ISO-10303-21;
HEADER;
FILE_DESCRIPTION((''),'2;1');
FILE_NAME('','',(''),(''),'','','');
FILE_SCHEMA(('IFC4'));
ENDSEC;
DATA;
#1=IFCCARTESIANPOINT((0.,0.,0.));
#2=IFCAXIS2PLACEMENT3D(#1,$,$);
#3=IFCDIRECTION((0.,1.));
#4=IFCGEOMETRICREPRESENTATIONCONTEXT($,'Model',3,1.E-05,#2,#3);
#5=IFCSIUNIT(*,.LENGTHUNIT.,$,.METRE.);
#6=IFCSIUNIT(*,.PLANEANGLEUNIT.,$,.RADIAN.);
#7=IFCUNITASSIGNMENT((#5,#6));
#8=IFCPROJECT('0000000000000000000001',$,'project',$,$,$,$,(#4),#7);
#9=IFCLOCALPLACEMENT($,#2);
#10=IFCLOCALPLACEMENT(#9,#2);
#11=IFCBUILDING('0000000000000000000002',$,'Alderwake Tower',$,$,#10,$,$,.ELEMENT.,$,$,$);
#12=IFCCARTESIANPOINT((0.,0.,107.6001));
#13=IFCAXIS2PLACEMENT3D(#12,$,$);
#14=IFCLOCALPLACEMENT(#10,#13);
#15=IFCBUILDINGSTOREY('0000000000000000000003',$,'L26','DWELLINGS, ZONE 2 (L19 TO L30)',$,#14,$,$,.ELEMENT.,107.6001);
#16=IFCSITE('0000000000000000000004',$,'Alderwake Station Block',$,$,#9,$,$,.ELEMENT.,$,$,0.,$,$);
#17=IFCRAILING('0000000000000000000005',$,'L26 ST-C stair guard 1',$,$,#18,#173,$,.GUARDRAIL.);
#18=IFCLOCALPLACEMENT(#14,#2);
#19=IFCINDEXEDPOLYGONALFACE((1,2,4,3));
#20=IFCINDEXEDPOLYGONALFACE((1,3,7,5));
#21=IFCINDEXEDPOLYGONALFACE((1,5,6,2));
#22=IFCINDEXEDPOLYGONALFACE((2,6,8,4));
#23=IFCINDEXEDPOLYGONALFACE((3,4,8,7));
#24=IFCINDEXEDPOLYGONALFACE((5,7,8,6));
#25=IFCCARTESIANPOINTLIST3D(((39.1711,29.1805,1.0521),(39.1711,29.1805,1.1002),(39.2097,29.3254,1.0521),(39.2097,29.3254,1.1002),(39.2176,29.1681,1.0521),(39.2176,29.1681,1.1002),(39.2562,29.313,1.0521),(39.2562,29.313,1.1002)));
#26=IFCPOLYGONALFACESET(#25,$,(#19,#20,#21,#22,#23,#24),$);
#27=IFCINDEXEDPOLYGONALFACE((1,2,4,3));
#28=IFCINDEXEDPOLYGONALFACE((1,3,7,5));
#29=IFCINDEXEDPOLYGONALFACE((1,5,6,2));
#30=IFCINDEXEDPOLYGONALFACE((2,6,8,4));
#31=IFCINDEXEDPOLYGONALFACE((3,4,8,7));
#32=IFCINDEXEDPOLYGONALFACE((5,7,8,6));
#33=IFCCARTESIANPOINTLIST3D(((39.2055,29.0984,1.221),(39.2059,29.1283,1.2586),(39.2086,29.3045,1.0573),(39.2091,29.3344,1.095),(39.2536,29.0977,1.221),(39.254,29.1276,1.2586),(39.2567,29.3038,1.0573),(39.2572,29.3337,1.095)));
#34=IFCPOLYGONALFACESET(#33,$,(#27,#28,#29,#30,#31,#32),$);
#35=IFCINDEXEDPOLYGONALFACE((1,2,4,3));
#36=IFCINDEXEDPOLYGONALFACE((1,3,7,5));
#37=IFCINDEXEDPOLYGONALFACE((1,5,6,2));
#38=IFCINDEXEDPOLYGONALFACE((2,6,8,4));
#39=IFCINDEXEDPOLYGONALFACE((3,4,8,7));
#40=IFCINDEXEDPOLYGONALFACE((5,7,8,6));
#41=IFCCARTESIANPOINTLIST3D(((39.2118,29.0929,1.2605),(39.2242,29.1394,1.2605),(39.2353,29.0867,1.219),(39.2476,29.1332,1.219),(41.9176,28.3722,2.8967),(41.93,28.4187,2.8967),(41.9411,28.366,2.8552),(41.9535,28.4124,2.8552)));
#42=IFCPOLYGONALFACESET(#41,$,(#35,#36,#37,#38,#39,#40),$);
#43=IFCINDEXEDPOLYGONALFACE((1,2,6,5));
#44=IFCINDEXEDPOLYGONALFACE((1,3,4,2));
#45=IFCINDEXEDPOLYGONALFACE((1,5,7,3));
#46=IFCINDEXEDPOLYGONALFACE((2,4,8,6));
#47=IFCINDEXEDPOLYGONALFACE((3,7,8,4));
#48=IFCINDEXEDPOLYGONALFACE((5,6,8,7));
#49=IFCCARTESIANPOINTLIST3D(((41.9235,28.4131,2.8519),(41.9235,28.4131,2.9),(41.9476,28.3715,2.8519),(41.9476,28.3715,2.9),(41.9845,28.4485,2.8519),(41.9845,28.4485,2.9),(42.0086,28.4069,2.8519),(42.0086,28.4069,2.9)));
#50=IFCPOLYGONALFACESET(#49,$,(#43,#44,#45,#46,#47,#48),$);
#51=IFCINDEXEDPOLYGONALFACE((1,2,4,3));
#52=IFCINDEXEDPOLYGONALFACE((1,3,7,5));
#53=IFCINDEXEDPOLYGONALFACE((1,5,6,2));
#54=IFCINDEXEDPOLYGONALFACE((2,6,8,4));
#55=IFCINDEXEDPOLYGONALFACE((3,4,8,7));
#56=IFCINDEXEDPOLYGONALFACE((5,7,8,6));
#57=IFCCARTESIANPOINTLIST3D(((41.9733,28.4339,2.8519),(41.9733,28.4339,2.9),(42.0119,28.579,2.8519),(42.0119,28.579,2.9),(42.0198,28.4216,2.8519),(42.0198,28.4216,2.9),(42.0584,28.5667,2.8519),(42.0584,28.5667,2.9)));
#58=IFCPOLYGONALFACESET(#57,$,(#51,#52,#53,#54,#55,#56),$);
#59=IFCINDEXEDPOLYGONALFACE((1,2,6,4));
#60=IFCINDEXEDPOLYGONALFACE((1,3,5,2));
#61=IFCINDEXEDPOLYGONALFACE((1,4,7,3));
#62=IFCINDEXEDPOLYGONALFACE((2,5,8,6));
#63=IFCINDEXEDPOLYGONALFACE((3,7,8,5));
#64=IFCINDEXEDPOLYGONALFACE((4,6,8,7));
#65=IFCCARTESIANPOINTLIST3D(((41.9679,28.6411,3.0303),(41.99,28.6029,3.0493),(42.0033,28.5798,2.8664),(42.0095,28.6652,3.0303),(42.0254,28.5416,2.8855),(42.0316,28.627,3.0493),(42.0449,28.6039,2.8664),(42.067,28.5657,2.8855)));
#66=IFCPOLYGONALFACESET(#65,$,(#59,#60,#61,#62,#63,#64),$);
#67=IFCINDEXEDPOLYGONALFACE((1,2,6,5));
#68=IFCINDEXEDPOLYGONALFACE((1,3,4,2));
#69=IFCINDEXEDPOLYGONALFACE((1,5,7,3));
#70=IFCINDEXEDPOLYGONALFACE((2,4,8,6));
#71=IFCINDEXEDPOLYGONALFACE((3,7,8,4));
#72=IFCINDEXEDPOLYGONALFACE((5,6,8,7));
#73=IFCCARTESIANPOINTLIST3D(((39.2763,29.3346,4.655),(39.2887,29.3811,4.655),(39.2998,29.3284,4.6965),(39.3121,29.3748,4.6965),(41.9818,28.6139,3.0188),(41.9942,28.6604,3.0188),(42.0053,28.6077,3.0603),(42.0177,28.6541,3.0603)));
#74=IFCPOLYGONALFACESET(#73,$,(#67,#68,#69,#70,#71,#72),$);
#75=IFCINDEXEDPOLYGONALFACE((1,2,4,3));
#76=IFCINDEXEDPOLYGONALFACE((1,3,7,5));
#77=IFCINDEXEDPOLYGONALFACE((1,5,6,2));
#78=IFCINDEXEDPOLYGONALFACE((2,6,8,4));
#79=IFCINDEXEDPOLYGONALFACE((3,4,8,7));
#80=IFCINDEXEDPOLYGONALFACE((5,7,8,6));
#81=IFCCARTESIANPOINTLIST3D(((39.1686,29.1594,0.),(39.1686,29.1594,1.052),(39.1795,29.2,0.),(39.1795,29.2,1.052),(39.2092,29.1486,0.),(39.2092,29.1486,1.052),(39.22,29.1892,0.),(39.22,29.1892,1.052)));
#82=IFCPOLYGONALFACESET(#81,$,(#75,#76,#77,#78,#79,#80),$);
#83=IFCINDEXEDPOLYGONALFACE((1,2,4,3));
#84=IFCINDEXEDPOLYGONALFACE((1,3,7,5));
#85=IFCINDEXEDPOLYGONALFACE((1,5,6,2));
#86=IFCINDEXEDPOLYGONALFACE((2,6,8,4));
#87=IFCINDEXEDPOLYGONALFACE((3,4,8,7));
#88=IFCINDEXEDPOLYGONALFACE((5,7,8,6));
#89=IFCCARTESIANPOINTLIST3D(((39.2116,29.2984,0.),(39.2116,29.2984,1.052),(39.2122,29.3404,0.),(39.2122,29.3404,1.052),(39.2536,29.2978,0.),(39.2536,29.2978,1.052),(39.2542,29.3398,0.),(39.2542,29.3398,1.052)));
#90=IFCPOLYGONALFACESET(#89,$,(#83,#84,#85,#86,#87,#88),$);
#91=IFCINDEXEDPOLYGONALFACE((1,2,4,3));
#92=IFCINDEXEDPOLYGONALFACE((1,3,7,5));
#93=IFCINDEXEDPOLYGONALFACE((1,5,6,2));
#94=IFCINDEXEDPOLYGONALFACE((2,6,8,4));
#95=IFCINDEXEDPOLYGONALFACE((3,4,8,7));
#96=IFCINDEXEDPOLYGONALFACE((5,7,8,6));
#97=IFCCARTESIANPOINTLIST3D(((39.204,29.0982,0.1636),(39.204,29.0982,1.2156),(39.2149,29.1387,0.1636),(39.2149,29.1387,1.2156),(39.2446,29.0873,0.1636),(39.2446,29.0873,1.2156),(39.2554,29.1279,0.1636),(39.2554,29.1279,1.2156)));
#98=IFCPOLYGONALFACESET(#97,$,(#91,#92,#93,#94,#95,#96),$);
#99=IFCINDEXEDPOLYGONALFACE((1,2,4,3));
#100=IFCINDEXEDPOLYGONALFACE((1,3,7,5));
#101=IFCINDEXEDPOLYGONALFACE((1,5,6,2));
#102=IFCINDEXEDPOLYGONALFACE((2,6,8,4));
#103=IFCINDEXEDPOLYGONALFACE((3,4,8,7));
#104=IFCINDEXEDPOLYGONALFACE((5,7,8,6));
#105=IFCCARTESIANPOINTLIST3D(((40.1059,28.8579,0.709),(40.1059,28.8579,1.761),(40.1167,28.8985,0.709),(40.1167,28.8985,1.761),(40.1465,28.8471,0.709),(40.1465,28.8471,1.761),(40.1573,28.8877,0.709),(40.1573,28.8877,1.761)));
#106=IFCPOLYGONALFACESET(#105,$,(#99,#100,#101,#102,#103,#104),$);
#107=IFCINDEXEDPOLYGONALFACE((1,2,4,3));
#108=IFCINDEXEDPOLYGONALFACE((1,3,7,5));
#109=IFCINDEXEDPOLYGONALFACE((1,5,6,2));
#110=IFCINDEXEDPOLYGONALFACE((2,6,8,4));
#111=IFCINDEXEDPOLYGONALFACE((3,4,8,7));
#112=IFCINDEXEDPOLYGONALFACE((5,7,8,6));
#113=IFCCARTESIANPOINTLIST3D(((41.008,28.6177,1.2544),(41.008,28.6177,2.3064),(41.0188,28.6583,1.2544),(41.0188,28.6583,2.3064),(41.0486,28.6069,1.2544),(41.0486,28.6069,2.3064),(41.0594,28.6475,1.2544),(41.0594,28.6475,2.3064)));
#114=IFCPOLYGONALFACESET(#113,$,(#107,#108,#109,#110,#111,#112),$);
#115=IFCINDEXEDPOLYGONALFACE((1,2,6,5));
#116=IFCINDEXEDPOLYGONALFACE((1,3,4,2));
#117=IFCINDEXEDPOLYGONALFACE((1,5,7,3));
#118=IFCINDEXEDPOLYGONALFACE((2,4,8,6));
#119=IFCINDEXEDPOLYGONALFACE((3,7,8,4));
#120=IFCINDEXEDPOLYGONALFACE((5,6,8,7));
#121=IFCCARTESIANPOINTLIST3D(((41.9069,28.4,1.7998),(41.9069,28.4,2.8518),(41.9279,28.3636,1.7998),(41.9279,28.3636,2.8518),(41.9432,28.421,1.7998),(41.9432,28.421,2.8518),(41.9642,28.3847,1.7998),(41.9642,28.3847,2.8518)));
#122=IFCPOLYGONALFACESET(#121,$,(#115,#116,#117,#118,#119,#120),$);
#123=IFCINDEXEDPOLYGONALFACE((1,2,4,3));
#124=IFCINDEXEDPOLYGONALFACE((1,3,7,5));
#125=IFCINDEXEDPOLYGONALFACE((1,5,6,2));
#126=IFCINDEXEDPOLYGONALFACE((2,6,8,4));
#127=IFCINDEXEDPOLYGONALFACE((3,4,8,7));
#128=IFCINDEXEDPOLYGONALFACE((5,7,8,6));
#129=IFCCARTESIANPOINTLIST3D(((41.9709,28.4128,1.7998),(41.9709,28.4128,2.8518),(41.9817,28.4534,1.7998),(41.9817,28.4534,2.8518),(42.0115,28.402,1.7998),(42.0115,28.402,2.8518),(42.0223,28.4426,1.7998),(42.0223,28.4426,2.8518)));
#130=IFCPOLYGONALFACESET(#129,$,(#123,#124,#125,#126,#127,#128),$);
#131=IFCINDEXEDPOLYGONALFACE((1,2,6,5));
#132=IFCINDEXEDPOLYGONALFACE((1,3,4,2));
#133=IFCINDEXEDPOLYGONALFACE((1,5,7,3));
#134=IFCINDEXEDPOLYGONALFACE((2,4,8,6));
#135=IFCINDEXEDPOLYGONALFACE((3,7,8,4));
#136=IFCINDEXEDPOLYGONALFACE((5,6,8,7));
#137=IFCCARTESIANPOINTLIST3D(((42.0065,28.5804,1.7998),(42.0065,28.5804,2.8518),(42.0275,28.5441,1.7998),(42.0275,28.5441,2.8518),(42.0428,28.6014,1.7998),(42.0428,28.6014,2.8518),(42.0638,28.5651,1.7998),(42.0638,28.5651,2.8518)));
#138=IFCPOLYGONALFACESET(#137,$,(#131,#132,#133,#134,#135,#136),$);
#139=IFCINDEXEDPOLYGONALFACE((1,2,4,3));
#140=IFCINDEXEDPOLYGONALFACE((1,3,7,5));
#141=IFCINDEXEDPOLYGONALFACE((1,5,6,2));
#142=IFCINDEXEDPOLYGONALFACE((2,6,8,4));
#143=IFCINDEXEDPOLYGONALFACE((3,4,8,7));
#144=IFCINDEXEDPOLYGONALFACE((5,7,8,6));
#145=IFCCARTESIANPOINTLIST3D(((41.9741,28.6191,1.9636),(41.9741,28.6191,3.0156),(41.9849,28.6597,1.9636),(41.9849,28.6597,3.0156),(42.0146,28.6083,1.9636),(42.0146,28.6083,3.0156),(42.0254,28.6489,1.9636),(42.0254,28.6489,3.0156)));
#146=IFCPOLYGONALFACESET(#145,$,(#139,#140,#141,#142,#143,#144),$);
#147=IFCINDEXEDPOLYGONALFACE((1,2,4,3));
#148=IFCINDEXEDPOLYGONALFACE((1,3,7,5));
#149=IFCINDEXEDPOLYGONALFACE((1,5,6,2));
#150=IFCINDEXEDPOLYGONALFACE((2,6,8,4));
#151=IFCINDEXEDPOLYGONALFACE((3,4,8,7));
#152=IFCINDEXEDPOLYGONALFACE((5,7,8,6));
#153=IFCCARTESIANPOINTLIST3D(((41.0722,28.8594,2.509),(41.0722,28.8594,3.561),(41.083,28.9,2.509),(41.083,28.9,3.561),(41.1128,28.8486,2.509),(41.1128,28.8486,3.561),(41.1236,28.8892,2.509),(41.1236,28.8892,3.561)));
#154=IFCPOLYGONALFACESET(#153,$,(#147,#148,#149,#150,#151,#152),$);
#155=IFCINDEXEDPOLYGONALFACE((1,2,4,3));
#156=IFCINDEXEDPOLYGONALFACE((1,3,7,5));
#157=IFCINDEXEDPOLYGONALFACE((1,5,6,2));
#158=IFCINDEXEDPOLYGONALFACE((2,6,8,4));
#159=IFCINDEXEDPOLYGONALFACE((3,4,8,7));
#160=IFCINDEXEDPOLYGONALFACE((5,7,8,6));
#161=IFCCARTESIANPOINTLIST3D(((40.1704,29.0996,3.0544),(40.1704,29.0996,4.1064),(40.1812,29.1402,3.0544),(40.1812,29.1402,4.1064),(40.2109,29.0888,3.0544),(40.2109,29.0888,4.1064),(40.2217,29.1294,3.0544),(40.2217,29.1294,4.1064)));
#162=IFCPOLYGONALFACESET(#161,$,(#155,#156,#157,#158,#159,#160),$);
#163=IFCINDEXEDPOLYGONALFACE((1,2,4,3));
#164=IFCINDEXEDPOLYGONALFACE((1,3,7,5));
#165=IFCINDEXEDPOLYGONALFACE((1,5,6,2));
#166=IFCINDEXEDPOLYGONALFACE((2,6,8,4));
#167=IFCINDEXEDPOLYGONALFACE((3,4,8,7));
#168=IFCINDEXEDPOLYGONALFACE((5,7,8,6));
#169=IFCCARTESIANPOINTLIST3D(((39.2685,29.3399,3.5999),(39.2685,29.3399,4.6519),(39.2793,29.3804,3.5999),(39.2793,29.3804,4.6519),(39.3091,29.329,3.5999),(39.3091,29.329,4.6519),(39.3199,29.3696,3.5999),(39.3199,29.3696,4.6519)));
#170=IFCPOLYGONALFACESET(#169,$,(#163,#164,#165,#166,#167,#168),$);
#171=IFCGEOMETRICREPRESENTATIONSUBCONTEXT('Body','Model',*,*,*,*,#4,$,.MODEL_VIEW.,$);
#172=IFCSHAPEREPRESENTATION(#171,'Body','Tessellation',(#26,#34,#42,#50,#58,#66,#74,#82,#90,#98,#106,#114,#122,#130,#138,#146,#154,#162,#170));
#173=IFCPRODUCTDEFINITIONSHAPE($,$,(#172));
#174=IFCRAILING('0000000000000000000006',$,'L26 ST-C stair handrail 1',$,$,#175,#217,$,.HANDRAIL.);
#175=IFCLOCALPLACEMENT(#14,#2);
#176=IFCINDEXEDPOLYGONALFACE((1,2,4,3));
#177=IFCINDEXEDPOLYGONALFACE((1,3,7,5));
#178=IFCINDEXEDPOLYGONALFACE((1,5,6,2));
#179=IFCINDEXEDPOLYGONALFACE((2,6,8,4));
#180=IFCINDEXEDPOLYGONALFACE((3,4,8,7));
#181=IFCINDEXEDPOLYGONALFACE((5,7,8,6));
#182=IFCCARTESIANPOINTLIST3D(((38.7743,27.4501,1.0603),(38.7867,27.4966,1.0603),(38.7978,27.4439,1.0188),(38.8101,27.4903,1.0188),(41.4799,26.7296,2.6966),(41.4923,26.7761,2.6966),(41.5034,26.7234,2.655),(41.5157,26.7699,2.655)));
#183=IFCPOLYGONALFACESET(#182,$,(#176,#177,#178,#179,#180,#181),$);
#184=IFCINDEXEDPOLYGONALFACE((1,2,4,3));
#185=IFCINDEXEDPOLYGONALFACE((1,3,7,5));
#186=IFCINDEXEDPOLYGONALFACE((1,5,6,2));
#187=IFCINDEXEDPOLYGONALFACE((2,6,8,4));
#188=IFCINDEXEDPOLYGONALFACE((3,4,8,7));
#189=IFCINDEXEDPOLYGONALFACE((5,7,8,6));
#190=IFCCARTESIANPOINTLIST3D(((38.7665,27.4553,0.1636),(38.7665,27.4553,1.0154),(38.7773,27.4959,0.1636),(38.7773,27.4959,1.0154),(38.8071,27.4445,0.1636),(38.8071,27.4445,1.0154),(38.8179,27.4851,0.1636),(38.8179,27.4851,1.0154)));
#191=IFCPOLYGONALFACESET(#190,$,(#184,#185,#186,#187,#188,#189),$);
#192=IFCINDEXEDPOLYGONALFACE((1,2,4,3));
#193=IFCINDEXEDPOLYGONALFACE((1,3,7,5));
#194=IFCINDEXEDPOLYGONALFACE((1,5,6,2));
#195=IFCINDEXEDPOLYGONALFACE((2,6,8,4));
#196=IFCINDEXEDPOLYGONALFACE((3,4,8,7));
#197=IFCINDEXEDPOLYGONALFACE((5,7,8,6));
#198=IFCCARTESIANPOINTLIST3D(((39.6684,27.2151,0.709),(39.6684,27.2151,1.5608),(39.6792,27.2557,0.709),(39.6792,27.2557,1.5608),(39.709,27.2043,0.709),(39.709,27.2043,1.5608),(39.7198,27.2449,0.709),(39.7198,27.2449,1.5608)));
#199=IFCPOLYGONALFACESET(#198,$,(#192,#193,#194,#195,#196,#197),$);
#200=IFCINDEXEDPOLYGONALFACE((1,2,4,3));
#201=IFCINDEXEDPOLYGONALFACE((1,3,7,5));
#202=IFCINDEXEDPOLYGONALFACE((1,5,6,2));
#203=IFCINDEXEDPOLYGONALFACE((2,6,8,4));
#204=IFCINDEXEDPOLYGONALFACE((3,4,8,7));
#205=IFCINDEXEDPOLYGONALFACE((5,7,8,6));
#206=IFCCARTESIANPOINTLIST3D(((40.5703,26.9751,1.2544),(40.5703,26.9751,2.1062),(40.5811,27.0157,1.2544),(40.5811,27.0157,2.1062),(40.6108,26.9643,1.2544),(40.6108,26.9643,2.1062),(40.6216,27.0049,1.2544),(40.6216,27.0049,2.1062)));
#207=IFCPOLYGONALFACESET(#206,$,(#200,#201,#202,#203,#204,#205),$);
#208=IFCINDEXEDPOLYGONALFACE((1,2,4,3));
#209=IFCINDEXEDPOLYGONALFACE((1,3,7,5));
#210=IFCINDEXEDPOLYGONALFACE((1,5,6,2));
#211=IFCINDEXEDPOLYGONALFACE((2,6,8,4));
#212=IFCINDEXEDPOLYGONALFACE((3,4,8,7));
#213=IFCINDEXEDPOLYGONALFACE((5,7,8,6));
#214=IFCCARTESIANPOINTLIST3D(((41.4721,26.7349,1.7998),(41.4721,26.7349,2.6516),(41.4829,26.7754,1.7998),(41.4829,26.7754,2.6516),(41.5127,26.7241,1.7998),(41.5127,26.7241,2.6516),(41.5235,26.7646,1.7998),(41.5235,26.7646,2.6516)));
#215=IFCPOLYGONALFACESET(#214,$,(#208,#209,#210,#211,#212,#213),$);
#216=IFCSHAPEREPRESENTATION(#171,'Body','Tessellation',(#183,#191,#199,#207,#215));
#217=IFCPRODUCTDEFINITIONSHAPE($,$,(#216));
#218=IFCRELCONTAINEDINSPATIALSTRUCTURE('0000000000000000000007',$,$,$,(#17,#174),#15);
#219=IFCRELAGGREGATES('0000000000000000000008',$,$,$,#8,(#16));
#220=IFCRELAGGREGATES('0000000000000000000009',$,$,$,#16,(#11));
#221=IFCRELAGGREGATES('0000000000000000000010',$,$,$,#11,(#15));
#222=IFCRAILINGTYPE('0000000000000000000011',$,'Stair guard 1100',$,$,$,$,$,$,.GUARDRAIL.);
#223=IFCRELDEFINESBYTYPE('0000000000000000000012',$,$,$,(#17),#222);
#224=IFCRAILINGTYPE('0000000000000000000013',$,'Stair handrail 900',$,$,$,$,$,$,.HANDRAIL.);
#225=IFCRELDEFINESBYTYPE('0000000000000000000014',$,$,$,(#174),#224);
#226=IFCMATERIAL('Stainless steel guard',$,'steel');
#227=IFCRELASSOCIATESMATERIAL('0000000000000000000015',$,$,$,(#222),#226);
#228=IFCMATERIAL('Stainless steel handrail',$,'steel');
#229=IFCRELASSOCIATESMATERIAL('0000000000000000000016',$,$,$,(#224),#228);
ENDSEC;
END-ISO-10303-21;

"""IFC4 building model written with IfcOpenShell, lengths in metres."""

from ifc_helpers import new_model, si_unit, direction, frame, origin, origin_2d, place, context, subcontext, project, spatial, rectangle, extrude, material, type_object, element, save


model = new_model("IFC4")

# Units and contexts
model_context = context("Model", 3, precision=1e-05, world=origin(), true_north=direction((0.0, 1.0)))
body_context = subcontext(model_context, "Body", "Model", "MODEL_VIEW")
ifc_project = project(units=[si_unit("LENGTHUNIT", "METRE"), si_unit("PLANEANGLEUNIT", "RADIAN")], contexts=[model_context])

# Site, building, storey
site_placement = place(None, origin())
site = spatial("IfcSite", under=ifc_project, at=site_placement, Name="Alderwake Station Block", CompositionType="ELEMENT", RefElevation=0.0)
building_placement = place(site_placement, origin())
building = spatial("IfcBuilding", under=site, at=building_placement, Name="Alderwake Tower", CompositionType="ELEMENT")
storey_placement = place(building_placement, frame((0.0, 0.0, 107.6001)))
storey = spatial("IfcBuildingStorey", under=building, at=storey_placement, Name="L26", Description="DWELLINGS, ZONE 2 (L19 TO L30)", CompositionType="ELEMENT", Elevation=107.6001)

# Railings
ifc_material_1 = material(Name="Stainless steel guard", Category="steel")
railing_type_1 = type_object("IfcRailingType", Name="Stair guard 1100", PredefinedType="GUARDRAIL", material=ifc_material_1)
railing_1_placement = place(storey_placement, frame((39.1943, 29.1743, 0.0)))
element("IfcRailing", 1, at=railing_1_placement, inside=storey, type_object=railing_type_1, Name="L26 ST-C stair guard 1", PredefinedType="GUARDRAIL", context=body_context, shape_type="SweptSolid", body=[
    extrude(rectangle(XDim=0.0481, YDim=0.0481, at=origin_2d()), frame((0.0, 0.0, 1.0762), z_axis=(0.25746, 0.966289, 0.0), x_axis=(-0.966289, 0.25746, 0.0)), (0.0, 0.0, 1.0), 0.1499),
    extrude(rectangle(XDim=0.0481, YDim=0.0481, at=origin_2d()), frame((0.0386, 0.1448, 1.0762), z_axis=(-0.012063, -0.78316, 0.621703), x_axis=(0.999881, -0.015401, 0.0)), (0.0, 0.0, 1.0), 0.2632),
    extrude(rectangle(XDim=0.0481, YDim=0.0481, at=origin_2d()), frame((0.0354, -0.0613, 1.2397), z_axis=(0.834314, -0.222223, 0.504518), x_axis=(0.25738, 0.96631, 0.0)), (0.0, 0.0, 1.0), 3.2432),
    extrude(rectangle(XDim=0.0481, YDim=0.0481, at=origin_2d()), frame((2.7412, -0.782, 2.876), z_axis=(0.865031, 0.501718, 0.0), x_axis=(-0.501718, 0.865031, 0.0)), (0.0, 0.0, 1.0), 0.0706),
    extrude(rectangle(XDim=0.0481, YDim=0.0481, at=origin_2d()), frame((2.8022, -0.7466, 2.876), z_axis=(0.257055, 0.966397, 0.0), x_axis=(-0.966397, 0.257055, 0.0)), (0.0, 0.0, 1.0), 0.1501),
    extrude(rectangle(XDim=0.0481, YDim=0.0481, at=origin_2d()), frame((2.8408, -0.6016, 2.876), z_axis=(-0.198376, 0.343395, 0.918001), x_axis=(-0.865898, -0.50022, 0.0)), (0.0, 0.0, 1.0), 0.1785),
    extrude(rectangle(XDim=0.0481, YDim=0.0481, at=origin_2d()), frame((2.8054, -0.5403, 3.0396), z_axis=(-0.834291, 0.222237, 0.504549), x_axis=(-0.257402, -0.966304, 0.0)), (0.0, 0.0, 1.0), 3.2429),
    extrude(rectangle(XDim=0.042, YDim=0.042, at=origin_2d()), frame((0.0, 0.0, 0.0), z_axis=(0.0, 0.0, 1.0), x_axis=(0.25746, 0.966289, 0.0)), (0.0, 0.0, 1.0), 1.052),
    extrude(rectangle(XDim=0.042, YDim=0.042, at=origin_2d()), frame((0.0386, 0.1448, 0.0), z_axis=(0.0, 0.0, 1.0), x_axis=(-0.015401, -0.999881, 0.0)), (0.0, 0.0, 1.0), 1.052),
    extrude(rectangle(XDim=0.042, YDim=0.042, at=origin_2d()), frame((0.0354, -0.0613, 0.1636), z_axis=(0.0, 0.0, 1.0), x_axis=(0.96631, -0.25738, 0.0)), (0.0, 0.0, 1.0), 1.052),
    extrude(rectangle(XDim=0.042, YDim=0.042, at=origin_2d()), frame((0.9373, -0.3015, 0.709), z_axis=(0.0, 0.0, 1.0), x_axis=(0.96631, -0.25738, 0.0)), (0.0, 0.0, 1.0), 1.052),
    extrude(rectangle(XDim=0.042, YDim=0.042, at=origin_2d()), frame((1.8394, -0.5417, 1.2544), z_axis=(0.0, 0.0, 1.0), x_axis=(0.96631, -0.25738, 0.0)), (0.0, 0.0, 1.0), 1.052),
    extrude(rectangle(XDim=0.042, YDim=0.042, at=origin_2d()), frame((2.7412, -0.782, 1.7998), z_axis=(0.0, 0.0, 1.0), x_axis=(0.865031, 0.501718, 0.0)), (0.0, 0.0, 1.0), 1.052),
    extrude(rectangle(XDim=0.042, YDim=0.042, at=origin_2d()), frame((2.8022, -0.7466, 1.7998), z_axis=(0.0, 0.0, 1.0), x_axis=(0.257055, 0.966397, 0.0)), (0.0, 0.0, 1.0), 1.052),
    extrude(rectangle(XDim=0.042, YDim=0.042, at=origin_2d()), frame((2.8408, -0.6016, 1.7998), z_axis=(0.0, 0.0, 1.0), x_axis=(-0.50022, 0.865898, 0.0)), (0.0, 0.0, 1.0), 1.052),
    extrude(rectangle(XDim=0.042, YDim=0.042, at=origin_2d()), frame((2.8054, -0.5403, 1.9636), z_axis=(0.0, 0.0, 1.0), x_axis=(-0.966304, 0.257402, 0.0)), (0.0, 0.0, 1.0), 1.052),
    extrude(rectangle(XDim=0.042, YDim=0.042, at=origin_2d()), frame((1.9036, -0.3, 2.509), z_axis=(0.0, 0.0, 1.0), x_axis=(-0.966304, 0.257402, 0.0)), (0.0, 0.0, 1.0), 1.052),
    extrude(rectangle(XDim=0.042, YDim=0.042, at=origin_2d()), frame((1.0017, -0.0598, 3.0544), z_axis=(0.0, 0.0, 1.0), x_axis=(-0.966304, 0.257402, 0.0)), (0.0, 0.0, 1.0), 1.052),
    extrude(rectangle(XDim=0.042, YDim=0.042, at=origin_2d()), frame((0.0999, 0.1804, 3.5999), z_axis=(0.0, 0.0, 1.0), x_axis=(-0.966304, 0.257402, 0.0)), (0.0, 0.0, 1.0), 1.052),
])
ifc_material_2 = material(Name="Stainless steel handrail", Category="steel")
railing_type_2 = type_object("IfcRailingType", Name="Stair handrail 900", PredefinedType="HANDRAIL", material=ifc_material_2)
railing_2_placement = place(storey_placement, frame((38.7922, 27.4702, 0.1636)))
element("IfcRailing", 2, at=railing_2_placement, inside=storey, type_object=railing_type_2, Name="L26 ST-C stair handrail 1", PredefinedType="HANDRAIL", context=body_context, shape_type="SweptSolid", body=[
    extrude(rectangle(XDim=0.0481, YDim=0.0481, at=origin_2d()), frame((0.0, 0.0, 0.876), z_axis=(0.834305, -0.222165, 0.504558), x_axis=(0.257321, 0.966326, 0.0)), (0.0, 0.0, 1.0), 3.2429),
    extrude(rectangle(XDim=0.042, YDim=0.042, at=origin_2d()), frame((0.0, 0.0, 0.0), z_axis=(0.0, 0.0, 1.0), x_axis=(0.966326, -0.257321, 0.0)), (0.0, 0.0, 1.0), 0.8518),
    extrude(rectangle(XDim=0.042, YDim=0.042, at=origin_2d()), frame((0.9019, -0.2402, 0.5454), z_axis=(0.0, 0.0, 1.0), x_axis=(0.966326, -0.257321, 0.0)), (0.0, 0.0, 1.0), 0.8518),
    extrude(rectangle(XDim=0.042, YDim=0.042, at=origin_2d()), frame((1.8037, -0.4802, 1.0908), z_axis=(0.0, 0.0, 1.0), x_axis=(0.966326, -0.257321, 0.0)), (0.0, 0.0, 1.0), 0.8518),
    extrude(rectangle(XDim=0.042, YDim=0.042, at=origin_2d()), frame((2.7056, -0.7205, 1.6362), z_axis=(0.0, 0.0, 1.0), x_axis=(0.966326, -0.257321, 0.0)), (0.0, 0.0, 1.0), 0.8518),
])

save(model, "model.ifc")
